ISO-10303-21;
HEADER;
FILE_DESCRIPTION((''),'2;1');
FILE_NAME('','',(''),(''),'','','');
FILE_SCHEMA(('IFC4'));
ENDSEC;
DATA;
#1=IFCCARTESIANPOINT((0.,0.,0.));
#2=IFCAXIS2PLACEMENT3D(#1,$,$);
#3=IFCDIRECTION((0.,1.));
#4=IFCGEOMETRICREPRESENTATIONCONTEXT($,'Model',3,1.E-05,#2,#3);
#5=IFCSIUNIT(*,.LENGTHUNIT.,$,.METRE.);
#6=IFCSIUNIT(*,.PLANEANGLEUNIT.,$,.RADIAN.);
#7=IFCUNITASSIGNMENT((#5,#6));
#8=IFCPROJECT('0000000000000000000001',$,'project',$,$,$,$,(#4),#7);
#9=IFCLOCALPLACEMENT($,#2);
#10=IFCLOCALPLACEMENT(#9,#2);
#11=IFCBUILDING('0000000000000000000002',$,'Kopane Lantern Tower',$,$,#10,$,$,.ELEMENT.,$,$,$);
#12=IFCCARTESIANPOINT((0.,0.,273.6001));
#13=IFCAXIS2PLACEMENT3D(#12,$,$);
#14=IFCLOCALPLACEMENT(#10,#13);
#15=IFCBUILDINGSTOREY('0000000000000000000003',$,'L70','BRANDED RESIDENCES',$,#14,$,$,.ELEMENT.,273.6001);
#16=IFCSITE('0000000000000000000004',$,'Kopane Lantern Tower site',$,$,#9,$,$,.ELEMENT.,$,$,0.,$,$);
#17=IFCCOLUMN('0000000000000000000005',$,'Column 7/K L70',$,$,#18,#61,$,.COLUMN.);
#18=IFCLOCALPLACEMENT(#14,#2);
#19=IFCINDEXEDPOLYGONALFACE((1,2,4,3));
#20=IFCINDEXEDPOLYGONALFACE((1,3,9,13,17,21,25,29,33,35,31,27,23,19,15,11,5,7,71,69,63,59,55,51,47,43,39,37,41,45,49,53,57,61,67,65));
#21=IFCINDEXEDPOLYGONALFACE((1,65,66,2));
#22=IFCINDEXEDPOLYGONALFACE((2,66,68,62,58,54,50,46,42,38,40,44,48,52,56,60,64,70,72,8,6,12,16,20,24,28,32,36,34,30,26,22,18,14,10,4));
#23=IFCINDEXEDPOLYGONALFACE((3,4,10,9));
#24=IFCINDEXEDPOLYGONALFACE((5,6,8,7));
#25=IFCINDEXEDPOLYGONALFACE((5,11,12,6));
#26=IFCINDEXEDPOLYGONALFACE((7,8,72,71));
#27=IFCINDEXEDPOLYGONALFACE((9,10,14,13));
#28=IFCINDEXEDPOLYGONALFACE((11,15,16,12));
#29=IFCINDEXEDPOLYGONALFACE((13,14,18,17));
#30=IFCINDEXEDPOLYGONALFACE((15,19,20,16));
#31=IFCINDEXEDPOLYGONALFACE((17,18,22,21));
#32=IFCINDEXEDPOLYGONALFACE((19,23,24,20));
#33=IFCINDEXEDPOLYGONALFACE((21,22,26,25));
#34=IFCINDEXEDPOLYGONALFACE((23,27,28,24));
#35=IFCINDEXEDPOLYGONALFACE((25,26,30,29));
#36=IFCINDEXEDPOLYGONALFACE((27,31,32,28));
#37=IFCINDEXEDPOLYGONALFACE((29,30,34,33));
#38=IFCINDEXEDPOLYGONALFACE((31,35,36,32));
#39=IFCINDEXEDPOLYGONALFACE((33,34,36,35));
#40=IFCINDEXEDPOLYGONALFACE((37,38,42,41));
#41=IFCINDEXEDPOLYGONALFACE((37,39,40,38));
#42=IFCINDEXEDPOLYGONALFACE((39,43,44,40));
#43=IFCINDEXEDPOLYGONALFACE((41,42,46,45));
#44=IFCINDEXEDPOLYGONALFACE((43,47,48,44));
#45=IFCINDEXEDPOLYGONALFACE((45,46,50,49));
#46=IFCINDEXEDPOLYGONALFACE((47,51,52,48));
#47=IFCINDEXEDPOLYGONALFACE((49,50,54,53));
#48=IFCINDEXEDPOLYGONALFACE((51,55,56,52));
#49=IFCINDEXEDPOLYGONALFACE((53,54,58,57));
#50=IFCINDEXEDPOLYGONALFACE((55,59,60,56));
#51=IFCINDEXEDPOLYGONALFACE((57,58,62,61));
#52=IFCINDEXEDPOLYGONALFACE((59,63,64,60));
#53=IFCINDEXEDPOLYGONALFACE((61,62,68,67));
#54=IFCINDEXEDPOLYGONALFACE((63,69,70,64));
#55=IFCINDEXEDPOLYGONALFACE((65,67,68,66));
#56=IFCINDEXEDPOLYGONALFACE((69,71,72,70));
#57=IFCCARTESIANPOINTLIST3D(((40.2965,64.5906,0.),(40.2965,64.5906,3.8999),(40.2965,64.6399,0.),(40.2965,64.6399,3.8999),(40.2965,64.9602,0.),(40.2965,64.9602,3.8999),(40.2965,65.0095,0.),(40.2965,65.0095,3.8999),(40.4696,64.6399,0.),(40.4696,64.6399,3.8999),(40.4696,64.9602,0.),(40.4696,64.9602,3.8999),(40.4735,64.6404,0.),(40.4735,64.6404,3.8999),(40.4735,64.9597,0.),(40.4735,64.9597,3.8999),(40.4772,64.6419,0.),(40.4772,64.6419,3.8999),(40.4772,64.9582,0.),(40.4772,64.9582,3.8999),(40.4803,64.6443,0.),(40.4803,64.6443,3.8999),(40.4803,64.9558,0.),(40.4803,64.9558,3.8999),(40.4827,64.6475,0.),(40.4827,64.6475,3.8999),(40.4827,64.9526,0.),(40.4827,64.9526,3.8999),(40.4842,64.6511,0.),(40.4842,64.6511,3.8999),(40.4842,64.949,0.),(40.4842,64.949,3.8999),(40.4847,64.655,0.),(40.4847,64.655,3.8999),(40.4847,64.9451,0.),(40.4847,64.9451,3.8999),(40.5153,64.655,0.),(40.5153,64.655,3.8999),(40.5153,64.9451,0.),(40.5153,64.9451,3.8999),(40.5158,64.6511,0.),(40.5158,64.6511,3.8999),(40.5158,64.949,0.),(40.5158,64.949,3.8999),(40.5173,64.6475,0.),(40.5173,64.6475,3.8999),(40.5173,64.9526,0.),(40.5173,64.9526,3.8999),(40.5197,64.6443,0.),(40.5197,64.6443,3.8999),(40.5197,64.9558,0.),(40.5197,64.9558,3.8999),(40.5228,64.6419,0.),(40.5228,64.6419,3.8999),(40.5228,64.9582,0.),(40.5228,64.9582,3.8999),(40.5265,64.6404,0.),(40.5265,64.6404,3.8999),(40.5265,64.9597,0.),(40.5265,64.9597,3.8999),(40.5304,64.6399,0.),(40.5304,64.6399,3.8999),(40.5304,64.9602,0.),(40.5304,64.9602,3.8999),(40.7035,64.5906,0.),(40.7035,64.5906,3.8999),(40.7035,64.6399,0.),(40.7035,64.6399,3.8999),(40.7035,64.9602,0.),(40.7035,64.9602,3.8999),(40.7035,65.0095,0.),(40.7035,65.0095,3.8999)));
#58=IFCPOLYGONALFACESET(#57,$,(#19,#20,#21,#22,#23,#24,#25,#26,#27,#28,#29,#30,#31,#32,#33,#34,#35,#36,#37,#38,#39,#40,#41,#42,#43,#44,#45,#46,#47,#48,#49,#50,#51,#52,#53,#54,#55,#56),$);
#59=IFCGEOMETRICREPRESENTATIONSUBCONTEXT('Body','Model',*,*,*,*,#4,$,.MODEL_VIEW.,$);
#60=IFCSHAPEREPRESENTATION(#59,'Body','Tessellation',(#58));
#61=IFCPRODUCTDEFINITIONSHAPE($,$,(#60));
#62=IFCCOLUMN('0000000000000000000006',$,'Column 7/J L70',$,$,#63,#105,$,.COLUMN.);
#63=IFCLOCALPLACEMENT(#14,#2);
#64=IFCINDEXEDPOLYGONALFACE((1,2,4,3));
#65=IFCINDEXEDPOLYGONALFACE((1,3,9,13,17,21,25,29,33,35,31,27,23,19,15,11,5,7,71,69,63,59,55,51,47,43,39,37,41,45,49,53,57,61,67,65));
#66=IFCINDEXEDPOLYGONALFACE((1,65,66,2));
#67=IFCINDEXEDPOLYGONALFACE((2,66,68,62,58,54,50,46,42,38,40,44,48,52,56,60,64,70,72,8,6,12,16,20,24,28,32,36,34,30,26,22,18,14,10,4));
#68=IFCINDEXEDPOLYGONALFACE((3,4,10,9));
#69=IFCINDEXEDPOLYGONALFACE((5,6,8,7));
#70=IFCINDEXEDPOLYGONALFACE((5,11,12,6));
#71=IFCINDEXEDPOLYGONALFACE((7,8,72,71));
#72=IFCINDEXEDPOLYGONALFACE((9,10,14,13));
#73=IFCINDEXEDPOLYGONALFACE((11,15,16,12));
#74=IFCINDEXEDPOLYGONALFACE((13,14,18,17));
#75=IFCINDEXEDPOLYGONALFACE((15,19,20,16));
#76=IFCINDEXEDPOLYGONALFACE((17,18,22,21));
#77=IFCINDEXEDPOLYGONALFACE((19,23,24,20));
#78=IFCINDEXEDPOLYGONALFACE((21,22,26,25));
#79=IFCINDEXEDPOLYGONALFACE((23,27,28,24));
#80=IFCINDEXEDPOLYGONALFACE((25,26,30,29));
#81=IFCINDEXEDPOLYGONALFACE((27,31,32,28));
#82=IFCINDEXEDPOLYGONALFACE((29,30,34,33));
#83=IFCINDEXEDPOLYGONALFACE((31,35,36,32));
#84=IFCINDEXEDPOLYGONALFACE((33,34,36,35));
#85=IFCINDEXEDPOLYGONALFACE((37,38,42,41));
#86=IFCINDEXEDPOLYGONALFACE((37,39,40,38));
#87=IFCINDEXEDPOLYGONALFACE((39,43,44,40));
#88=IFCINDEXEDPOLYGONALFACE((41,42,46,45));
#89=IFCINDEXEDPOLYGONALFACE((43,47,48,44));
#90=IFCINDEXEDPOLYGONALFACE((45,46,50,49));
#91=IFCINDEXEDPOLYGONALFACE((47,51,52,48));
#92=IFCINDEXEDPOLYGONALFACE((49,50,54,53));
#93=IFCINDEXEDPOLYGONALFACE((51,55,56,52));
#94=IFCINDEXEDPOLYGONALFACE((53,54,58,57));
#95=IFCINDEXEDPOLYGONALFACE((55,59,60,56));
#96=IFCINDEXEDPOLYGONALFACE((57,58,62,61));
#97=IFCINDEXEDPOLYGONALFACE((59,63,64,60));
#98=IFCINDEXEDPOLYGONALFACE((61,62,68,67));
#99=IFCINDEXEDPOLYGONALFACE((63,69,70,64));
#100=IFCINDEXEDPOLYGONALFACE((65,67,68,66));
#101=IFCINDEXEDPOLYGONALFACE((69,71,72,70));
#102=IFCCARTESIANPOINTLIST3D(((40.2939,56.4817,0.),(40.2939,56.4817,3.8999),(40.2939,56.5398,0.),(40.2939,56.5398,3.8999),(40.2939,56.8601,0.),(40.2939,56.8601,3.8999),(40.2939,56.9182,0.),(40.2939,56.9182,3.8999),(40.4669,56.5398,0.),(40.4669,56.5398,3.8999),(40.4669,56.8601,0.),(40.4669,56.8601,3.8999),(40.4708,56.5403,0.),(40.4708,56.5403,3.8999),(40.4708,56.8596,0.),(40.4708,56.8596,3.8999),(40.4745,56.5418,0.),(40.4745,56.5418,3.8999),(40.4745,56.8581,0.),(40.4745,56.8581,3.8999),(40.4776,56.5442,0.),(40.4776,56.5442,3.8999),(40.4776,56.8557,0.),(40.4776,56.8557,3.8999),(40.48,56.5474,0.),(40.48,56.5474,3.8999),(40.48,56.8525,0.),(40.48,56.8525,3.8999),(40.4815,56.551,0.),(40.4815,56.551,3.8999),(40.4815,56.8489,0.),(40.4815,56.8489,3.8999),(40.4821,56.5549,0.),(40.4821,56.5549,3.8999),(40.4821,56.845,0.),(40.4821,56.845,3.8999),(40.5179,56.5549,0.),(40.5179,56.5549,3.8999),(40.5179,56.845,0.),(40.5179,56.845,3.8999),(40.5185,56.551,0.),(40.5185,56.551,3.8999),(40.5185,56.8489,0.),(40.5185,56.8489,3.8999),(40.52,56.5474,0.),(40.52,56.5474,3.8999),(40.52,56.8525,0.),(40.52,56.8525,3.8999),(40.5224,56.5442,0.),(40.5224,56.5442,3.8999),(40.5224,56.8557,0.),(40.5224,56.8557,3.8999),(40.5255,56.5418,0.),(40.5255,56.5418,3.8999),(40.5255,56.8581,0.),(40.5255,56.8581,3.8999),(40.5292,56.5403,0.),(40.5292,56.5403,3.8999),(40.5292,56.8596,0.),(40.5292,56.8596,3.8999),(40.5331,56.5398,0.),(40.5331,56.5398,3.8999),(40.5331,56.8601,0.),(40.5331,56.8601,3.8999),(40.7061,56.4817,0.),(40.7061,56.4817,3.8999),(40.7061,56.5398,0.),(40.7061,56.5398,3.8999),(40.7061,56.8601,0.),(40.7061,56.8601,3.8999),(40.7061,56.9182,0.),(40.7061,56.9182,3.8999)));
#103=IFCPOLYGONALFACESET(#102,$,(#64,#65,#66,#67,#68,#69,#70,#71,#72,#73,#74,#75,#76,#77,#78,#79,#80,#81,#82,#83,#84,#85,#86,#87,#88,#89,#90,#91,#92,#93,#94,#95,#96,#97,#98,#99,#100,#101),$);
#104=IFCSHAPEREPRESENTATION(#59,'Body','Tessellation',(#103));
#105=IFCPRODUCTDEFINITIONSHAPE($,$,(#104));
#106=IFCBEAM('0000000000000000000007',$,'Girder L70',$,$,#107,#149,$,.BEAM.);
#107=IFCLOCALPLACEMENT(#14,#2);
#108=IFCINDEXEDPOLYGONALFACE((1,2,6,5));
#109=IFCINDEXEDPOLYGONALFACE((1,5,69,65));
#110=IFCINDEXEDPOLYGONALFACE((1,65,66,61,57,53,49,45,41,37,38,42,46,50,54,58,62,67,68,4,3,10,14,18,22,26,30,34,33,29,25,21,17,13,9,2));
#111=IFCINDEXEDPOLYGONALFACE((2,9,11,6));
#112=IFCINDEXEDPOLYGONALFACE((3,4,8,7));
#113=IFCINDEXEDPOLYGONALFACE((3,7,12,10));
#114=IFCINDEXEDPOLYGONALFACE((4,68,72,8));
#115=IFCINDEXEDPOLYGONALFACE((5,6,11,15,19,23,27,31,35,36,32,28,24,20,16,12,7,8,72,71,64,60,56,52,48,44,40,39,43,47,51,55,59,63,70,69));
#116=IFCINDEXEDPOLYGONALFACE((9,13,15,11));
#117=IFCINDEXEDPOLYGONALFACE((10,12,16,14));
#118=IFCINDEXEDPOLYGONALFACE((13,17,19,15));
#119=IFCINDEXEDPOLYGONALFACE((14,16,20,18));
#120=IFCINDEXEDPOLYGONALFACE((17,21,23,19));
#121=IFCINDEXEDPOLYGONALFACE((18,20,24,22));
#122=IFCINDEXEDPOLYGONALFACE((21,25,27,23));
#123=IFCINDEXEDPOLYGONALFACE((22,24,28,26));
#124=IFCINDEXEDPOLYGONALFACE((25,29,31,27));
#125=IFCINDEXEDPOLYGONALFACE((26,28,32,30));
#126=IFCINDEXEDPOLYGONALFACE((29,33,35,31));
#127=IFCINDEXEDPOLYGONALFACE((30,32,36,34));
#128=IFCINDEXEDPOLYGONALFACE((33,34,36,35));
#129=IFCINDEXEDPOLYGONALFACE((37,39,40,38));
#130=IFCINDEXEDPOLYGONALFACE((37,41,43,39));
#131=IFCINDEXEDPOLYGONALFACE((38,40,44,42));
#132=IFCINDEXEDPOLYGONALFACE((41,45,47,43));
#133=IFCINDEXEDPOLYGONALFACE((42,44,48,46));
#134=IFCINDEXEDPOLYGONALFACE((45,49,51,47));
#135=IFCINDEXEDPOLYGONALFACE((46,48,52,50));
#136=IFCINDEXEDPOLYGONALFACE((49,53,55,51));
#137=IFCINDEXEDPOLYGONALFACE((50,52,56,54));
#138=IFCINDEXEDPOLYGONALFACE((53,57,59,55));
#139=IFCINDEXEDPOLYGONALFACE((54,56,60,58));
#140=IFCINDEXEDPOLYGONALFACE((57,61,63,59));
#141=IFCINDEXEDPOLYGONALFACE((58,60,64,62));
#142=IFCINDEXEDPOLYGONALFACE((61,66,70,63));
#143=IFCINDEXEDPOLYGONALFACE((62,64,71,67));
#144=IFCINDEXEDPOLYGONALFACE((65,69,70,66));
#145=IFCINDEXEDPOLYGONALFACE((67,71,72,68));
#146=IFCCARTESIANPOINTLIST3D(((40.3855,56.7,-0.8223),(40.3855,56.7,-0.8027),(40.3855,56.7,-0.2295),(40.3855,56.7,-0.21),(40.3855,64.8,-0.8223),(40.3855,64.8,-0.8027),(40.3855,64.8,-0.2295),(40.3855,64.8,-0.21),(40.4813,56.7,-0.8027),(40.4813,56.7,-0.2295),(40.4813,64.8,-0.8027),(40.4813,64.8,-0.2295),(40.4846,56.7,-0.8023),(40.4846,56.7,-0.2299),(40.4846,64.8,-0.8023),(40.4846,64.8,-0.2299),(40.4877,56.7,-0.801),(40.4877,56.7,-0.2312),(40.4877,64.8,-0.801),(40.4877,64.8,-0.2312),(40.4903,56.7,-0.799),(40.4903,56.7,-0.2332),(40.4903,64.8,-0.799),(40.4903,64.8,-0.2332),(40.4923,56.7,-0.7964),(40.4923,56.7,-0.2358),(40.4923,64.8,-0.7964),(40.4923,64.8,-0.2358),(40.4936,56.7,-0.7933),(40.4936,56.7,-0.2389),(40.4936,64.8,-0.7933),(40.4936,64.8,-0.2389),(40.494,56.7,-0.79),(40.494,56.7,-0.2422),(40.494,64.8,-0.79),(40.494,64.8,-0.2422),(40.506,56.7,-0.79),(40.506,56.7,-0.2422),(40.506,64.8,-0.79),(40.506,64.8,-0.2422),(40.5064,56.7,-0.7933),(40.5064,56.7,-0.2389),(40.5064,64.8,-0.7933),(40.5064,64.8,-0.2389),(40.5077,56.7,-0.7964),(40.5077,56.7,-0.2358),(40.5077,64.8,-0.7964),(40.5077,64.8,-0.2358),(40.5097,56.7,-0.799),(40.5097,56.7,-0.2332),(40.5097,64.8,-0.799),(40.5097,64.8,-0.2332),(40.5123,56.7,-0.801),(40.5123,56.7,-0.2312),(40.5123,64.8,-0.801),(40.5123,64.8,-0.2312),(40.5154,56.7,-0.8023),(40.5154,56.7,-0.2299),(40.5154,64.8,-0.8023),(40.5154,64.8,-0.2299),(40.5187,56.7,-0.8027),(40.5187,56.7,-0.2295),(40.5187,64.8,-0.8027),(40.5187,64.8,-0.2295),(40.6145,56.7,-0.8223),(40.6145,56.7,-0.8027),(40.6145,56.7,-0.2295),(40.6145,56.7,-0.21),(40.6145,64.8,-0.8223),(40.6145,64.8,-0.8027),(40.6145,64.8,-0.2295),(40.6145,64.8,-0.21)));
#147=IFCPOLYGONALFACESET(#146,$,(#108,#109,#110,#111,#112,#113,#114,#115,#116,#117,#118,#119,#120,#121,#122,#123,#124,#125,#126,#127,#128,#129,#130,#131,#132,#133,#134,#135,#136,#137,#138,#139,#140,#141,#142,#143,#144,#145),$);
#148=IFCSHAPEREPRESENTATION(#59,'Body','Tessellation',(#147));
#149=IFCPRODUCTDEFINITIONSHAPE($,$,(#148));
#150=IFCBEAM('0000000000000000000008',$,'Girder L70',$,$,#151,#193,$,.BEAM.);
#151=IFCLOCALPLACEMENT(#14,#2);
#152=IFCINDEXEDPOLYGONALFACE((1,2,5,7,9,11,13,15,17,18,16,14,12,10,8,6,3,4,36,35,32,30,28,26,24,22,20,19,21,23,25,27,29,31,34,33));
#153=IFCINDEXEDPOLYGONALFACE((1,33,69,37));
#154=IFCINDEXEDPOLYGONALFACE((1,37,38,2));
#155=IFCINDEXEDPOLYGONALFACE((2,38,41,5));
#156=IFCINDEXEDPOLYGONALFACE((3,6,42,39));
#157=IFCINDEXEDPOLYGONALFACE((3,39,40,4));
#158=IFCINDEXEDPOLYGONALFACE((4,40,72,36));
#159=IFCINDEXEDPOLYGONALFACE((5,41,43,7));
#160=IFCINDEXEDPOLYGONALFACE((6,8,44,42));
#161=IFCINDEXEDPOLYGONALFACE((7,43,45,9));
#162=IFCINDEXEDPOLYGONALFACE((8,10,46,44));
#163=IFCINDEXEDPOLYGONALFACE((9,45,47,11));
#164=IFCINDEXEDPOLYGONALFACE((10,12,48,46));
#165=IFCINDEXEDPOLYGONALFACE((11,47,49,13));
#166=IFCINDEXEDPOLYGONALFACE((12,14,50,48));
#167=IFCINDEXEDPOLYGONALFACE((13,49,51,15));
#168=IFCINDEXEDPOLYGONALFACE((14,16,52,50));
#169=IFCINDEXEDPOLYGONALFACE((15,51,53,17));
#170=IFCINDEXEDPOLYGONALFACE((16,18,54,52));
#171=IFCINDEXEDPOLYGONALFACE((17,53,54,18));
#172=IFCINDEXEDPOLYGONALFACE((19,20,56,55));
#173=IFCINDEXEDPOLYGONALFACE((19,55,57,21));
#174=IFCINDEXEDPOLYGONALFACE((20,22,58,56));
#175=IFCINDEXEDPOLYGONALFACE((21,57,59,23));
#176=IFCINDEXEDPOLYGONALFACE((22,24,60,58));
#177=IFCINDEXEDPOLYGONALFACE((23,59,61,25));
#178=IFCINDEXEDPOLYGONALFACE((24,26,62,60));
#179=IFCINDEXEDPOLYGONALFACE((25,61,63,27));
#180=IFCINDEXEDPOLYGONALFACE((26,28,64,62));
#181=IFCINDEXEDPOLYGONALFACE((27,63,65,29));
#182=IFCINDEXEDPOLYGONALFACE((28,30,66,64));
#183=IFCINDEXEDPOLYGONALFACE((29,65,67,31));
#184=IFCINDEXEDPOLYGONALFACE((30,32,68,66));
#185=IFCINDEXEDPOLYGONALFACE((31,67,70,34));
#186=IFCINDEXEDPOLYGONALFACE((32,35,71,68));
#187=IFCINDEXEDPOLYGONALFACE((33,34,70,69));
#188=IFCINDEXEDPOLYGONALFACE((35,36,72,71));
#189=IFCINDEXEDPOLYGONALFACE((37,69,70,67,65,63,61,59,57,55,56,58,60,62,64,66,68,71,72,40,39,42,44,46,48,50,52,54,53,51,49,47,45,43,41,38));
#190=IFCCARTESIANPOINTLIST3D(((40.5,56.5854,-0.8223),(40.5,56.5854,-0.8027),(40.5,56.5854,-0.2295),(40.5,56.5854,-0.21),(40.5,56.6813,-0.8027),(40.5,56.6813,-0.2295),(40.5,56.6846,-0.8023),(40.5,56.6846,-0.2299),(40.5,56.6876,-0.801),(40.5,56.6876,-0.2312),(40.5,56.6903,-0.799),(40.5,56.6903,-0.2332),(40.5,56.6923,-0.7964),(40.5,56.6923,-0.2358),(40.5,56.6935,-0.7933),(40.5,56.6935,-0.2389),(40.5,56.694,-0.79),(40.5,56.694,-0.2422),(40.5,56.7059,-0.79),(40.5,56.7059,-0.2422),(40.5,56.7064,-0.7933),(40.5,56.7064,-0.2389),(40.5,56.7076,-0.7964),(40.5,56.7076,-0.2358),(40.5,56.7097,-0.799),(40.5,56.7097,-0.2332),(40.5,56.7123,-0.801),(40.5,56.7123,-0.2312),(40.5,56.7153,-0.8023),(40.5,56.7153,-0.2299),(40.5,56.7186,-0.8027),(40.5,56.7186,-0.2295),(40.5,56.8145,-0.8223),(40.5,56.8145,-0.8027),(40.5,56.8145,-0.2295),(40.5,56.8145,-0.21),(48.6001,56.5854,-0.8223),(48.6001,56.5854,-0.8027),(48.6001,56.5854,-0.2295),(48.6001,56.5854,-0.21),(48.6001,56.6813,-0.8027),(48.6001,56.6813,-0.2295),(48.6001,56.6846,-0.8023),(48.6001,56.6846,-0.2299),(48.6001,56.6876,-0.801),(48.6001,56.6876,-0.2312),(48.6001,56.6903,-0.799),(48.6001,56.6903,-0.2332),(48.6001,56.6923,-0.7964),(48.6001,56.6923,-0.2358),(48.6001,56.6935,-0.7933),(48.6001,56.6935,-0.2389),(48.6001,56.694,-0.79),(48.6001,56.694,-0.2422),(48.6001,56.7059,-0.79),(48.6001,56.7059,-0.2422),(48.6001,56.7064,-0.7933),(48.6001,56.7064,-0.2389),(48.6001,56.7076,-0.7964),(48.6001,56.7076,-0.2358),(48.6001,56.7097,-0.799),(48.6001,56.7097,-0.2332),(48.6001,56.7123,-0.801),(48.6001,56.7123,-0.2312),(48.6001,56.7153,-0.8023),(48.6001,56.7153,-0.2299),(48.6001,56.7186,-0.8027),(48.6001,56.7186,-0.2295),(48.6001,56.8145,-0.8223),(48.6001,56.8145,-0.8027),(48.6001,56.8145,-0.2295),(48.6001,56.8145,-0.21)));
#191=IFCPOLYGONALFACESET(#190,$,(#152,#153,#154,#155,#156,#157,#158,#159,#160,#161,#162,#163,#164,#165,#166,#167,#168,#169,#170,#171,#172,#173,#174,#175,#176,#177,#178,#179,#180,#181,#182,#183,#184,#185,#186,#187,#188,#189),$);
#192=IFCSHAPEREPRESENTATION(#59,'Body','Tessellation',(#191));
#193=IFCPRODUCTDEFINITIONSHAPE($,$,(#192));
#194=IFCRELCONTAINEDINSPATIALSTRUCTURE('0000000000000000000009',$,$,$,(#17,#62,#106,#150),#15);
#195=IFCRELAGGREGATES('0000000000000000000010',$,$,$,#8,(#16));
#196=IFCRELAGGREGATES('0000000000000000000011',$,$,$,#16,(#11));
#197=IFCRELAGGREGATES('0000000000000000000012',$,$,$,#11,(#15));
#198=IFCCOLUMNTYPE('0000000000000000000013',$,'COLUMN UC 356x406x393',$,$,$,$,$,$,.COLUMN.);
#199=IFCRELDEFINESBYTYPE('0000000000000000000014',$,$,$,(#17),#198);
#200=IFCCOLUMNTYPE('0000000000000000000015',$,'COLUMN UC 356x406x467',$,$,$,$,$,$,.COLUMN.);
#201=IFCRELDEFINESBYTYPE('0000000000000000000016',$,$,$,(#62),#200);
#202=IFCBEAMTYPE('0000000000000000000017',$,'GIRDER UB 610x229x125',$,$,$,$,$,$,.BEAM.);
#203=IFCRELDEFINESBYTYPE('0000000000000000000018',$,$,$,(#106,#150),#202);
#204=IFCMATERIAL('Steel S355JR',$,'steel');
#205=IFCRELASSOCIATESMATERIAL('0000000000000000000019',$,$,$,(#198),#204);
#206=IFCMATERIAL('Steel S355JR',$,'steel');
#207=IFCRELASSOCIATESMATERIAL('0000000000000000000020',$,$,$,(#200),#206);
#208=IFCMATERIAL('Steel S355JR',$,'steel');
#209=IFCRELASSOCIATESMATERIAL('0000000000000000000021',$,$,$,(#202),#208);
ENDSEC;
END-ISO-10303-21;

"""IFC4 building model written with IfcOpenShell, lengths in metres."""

from ifc_helpers import new_model, si_unit, direction, frame, origin, origin_2d, place, context, subcontext, project, spatial, i_section, extrude, material, material_profile, profile_set, type_object, element, save


model = new_model("IFC4")

# Units and contexts
model_context = context("Model", 3, precision=1e-05, world=origin(), true_north=direction((0.0, 1.0)))
body_context = subcontext(model_context, "Body", "Model", "MODEL_VIEW")
ifc_project = project(units=[si_unit("LENGTHUNIT", "METRE"), si_unit("PLANEANGLEUNIT", "RADIAN")], contexts=[model_context])

# Site, building, storey
site_placement = place(None, origin())
site = spatial("IfcSite", under=ifc_project, at=site_placement, Name="Kopane Lantern Tower site", CompositionType="ELEMENT", RefElevation=0.0)
building_placement = place(site_placement, origin())
building = spatial("IfcBuilding", under=site, at=building_placement, Name="Kopane Lantern Tower", CompositionType="ELEMENT")
storey_placement = place(building_placement, frame((0.0, 0.0, 273.6001)))
storey = spatial("IfcBuildingStorey", under=building, at=storey_placement, Name="L70", Description="BRANDED RESIDENCES", CompositionType="ELEMENT", Elevation=273.6001)

# Columns
ifc_material_1 = material(Name="Steel S355JR", Category="steel")
ifc_material_profile_1 = material_profile(ifc_material_1, i_section(OverallWidth=0.407, OverallDepth=0.4189, WebThickness=0.0305, FlangeThickness=0.0493, FilletRadius=0.0151, at=origin_2d()), Name="UC 356x406x393")
ifc_profile_set_1 = profile_set([ifc_material_profile_1], Name="Steel S355JR")
column_type_1 = type_object("IfcColumnType", Name="COLUMN UC 356x406x393", PredefinedType="COLUMN", material=ifc_profile_set_1)
column_1_placement = place(storey_placement, frame((40.5, 64.8, 0.0), z_axis=(0.0, 0.0, 1.0), x_axis=(1.0, 0.0, 0.0)))
element("IfcColumn", 1, at=column_1_placement, inside=storey, type_object=column_type_1, Name="Column 7/K L70", PredefinedType="COLUMN", context=body_context, shape_type="SweptSolid", body=[
    extrude(i_section(OverallWidth=0.407, OverallDepth=0.4189, WebThickness=0.0305, FlangeThickness=0.0493, FilletRadius=0.0151, at=origin_2d()), origin(), (0.0, 0.0, 1.0), 3.8999),
])
ifc_material_2 = material(Name="Steel S355JR", Category="steel")
ifc_material_profile_2 = material_profile(ifc_material_2, i_section(OverallWidth=0.4121, OverallDepth=0.4365, WebThickness=0.0359, FlangeThickness=0.0581, FilletRadius=0.0151, at=origin_2d()), Name="UC 356x406x467")
ifc_profile_set_2 = profile_set([ifc_material_profile_2], Name="Steel S355JR")
column_type_2 = type_object("IfcColumnType", Name="COLUMN UC 356x406x467", PredefinedType="COLUMN", material=ifc_profile_set_2)
column_2_placement = place(storey_placement, frame((40.5, 56.7, 0.0), z_axis=(0.0, 0.0, 1.0), x_axis=(1.0, 0.0, 0.0)))
element("IfcColumn", 2, at=column_2_placement, inside=storey, type_object=column_type_2, Name="Column 7/J L70", PredefinedType="COLUMN", context=body_context, shape_type="SweptSolid", body=[
    extrude(i_section(OverallWidth=0.4121, OverallDepth=0.4365, WebThickness=0.0359, FlangeThickness=0.0581, FilletRadius=0.0151, at=origin_2d()), origin(), (0.0, 0.0, 1.0), 3.8999),
])

# Beams
ifc_material_3 = material(Name="Steel S355JR", Category="steel")
ifc_material_profile_3 = material_profile(ifc_material_3, i_section(OverallWidth=0.229, OverallDepth=0.6123, WebThickness=0.012, FlangeThickness=0.0195, FilletRadius=0.0127, at=origin_2d()), Name="UB 610x229x125")
ifc_profile_set_3 = profile_set([ifc_material_profile_3], Name="Steel S355JR")
beam_type = type_object("IfcBeamType", Name="GIRDER UB 610x229x125", PredefinedType="BEAM", material=ifc_profile_set_3)
for number, where, z_axis, x_axis, name in (
    (3, (40.5, 56.7, -0.5161), (0.0, 1.0, 0.0), (-1.0, 0.0, 0.0), "Girder L70"),
    (4, (40.5, 56.7, -0.5161), (1.0, 0.0, 0.0), (0.0, 1.0, 0.0), "Girder L70"),
):
    element("IfcBeam", number, at=place(storey_placement, frame(where, z_axis=z_axis, x_axis=x_axis)), inside=storey, type_object=beam_type, Name=name, PredefinedType="BEAM", context=body_context, shape_type="SweptSolid", body=[
        extrude(i_section(OverallWidth=0.229, OverallDepth=0.6123, WebThickness=0.012, FlangeThickness=0.0195, FilletRadius=0.0127, at=origin_2d()), origin(), (0.0, 0.0, 1.0), 8.1001),
    ])

save(model, "model.ifc")
